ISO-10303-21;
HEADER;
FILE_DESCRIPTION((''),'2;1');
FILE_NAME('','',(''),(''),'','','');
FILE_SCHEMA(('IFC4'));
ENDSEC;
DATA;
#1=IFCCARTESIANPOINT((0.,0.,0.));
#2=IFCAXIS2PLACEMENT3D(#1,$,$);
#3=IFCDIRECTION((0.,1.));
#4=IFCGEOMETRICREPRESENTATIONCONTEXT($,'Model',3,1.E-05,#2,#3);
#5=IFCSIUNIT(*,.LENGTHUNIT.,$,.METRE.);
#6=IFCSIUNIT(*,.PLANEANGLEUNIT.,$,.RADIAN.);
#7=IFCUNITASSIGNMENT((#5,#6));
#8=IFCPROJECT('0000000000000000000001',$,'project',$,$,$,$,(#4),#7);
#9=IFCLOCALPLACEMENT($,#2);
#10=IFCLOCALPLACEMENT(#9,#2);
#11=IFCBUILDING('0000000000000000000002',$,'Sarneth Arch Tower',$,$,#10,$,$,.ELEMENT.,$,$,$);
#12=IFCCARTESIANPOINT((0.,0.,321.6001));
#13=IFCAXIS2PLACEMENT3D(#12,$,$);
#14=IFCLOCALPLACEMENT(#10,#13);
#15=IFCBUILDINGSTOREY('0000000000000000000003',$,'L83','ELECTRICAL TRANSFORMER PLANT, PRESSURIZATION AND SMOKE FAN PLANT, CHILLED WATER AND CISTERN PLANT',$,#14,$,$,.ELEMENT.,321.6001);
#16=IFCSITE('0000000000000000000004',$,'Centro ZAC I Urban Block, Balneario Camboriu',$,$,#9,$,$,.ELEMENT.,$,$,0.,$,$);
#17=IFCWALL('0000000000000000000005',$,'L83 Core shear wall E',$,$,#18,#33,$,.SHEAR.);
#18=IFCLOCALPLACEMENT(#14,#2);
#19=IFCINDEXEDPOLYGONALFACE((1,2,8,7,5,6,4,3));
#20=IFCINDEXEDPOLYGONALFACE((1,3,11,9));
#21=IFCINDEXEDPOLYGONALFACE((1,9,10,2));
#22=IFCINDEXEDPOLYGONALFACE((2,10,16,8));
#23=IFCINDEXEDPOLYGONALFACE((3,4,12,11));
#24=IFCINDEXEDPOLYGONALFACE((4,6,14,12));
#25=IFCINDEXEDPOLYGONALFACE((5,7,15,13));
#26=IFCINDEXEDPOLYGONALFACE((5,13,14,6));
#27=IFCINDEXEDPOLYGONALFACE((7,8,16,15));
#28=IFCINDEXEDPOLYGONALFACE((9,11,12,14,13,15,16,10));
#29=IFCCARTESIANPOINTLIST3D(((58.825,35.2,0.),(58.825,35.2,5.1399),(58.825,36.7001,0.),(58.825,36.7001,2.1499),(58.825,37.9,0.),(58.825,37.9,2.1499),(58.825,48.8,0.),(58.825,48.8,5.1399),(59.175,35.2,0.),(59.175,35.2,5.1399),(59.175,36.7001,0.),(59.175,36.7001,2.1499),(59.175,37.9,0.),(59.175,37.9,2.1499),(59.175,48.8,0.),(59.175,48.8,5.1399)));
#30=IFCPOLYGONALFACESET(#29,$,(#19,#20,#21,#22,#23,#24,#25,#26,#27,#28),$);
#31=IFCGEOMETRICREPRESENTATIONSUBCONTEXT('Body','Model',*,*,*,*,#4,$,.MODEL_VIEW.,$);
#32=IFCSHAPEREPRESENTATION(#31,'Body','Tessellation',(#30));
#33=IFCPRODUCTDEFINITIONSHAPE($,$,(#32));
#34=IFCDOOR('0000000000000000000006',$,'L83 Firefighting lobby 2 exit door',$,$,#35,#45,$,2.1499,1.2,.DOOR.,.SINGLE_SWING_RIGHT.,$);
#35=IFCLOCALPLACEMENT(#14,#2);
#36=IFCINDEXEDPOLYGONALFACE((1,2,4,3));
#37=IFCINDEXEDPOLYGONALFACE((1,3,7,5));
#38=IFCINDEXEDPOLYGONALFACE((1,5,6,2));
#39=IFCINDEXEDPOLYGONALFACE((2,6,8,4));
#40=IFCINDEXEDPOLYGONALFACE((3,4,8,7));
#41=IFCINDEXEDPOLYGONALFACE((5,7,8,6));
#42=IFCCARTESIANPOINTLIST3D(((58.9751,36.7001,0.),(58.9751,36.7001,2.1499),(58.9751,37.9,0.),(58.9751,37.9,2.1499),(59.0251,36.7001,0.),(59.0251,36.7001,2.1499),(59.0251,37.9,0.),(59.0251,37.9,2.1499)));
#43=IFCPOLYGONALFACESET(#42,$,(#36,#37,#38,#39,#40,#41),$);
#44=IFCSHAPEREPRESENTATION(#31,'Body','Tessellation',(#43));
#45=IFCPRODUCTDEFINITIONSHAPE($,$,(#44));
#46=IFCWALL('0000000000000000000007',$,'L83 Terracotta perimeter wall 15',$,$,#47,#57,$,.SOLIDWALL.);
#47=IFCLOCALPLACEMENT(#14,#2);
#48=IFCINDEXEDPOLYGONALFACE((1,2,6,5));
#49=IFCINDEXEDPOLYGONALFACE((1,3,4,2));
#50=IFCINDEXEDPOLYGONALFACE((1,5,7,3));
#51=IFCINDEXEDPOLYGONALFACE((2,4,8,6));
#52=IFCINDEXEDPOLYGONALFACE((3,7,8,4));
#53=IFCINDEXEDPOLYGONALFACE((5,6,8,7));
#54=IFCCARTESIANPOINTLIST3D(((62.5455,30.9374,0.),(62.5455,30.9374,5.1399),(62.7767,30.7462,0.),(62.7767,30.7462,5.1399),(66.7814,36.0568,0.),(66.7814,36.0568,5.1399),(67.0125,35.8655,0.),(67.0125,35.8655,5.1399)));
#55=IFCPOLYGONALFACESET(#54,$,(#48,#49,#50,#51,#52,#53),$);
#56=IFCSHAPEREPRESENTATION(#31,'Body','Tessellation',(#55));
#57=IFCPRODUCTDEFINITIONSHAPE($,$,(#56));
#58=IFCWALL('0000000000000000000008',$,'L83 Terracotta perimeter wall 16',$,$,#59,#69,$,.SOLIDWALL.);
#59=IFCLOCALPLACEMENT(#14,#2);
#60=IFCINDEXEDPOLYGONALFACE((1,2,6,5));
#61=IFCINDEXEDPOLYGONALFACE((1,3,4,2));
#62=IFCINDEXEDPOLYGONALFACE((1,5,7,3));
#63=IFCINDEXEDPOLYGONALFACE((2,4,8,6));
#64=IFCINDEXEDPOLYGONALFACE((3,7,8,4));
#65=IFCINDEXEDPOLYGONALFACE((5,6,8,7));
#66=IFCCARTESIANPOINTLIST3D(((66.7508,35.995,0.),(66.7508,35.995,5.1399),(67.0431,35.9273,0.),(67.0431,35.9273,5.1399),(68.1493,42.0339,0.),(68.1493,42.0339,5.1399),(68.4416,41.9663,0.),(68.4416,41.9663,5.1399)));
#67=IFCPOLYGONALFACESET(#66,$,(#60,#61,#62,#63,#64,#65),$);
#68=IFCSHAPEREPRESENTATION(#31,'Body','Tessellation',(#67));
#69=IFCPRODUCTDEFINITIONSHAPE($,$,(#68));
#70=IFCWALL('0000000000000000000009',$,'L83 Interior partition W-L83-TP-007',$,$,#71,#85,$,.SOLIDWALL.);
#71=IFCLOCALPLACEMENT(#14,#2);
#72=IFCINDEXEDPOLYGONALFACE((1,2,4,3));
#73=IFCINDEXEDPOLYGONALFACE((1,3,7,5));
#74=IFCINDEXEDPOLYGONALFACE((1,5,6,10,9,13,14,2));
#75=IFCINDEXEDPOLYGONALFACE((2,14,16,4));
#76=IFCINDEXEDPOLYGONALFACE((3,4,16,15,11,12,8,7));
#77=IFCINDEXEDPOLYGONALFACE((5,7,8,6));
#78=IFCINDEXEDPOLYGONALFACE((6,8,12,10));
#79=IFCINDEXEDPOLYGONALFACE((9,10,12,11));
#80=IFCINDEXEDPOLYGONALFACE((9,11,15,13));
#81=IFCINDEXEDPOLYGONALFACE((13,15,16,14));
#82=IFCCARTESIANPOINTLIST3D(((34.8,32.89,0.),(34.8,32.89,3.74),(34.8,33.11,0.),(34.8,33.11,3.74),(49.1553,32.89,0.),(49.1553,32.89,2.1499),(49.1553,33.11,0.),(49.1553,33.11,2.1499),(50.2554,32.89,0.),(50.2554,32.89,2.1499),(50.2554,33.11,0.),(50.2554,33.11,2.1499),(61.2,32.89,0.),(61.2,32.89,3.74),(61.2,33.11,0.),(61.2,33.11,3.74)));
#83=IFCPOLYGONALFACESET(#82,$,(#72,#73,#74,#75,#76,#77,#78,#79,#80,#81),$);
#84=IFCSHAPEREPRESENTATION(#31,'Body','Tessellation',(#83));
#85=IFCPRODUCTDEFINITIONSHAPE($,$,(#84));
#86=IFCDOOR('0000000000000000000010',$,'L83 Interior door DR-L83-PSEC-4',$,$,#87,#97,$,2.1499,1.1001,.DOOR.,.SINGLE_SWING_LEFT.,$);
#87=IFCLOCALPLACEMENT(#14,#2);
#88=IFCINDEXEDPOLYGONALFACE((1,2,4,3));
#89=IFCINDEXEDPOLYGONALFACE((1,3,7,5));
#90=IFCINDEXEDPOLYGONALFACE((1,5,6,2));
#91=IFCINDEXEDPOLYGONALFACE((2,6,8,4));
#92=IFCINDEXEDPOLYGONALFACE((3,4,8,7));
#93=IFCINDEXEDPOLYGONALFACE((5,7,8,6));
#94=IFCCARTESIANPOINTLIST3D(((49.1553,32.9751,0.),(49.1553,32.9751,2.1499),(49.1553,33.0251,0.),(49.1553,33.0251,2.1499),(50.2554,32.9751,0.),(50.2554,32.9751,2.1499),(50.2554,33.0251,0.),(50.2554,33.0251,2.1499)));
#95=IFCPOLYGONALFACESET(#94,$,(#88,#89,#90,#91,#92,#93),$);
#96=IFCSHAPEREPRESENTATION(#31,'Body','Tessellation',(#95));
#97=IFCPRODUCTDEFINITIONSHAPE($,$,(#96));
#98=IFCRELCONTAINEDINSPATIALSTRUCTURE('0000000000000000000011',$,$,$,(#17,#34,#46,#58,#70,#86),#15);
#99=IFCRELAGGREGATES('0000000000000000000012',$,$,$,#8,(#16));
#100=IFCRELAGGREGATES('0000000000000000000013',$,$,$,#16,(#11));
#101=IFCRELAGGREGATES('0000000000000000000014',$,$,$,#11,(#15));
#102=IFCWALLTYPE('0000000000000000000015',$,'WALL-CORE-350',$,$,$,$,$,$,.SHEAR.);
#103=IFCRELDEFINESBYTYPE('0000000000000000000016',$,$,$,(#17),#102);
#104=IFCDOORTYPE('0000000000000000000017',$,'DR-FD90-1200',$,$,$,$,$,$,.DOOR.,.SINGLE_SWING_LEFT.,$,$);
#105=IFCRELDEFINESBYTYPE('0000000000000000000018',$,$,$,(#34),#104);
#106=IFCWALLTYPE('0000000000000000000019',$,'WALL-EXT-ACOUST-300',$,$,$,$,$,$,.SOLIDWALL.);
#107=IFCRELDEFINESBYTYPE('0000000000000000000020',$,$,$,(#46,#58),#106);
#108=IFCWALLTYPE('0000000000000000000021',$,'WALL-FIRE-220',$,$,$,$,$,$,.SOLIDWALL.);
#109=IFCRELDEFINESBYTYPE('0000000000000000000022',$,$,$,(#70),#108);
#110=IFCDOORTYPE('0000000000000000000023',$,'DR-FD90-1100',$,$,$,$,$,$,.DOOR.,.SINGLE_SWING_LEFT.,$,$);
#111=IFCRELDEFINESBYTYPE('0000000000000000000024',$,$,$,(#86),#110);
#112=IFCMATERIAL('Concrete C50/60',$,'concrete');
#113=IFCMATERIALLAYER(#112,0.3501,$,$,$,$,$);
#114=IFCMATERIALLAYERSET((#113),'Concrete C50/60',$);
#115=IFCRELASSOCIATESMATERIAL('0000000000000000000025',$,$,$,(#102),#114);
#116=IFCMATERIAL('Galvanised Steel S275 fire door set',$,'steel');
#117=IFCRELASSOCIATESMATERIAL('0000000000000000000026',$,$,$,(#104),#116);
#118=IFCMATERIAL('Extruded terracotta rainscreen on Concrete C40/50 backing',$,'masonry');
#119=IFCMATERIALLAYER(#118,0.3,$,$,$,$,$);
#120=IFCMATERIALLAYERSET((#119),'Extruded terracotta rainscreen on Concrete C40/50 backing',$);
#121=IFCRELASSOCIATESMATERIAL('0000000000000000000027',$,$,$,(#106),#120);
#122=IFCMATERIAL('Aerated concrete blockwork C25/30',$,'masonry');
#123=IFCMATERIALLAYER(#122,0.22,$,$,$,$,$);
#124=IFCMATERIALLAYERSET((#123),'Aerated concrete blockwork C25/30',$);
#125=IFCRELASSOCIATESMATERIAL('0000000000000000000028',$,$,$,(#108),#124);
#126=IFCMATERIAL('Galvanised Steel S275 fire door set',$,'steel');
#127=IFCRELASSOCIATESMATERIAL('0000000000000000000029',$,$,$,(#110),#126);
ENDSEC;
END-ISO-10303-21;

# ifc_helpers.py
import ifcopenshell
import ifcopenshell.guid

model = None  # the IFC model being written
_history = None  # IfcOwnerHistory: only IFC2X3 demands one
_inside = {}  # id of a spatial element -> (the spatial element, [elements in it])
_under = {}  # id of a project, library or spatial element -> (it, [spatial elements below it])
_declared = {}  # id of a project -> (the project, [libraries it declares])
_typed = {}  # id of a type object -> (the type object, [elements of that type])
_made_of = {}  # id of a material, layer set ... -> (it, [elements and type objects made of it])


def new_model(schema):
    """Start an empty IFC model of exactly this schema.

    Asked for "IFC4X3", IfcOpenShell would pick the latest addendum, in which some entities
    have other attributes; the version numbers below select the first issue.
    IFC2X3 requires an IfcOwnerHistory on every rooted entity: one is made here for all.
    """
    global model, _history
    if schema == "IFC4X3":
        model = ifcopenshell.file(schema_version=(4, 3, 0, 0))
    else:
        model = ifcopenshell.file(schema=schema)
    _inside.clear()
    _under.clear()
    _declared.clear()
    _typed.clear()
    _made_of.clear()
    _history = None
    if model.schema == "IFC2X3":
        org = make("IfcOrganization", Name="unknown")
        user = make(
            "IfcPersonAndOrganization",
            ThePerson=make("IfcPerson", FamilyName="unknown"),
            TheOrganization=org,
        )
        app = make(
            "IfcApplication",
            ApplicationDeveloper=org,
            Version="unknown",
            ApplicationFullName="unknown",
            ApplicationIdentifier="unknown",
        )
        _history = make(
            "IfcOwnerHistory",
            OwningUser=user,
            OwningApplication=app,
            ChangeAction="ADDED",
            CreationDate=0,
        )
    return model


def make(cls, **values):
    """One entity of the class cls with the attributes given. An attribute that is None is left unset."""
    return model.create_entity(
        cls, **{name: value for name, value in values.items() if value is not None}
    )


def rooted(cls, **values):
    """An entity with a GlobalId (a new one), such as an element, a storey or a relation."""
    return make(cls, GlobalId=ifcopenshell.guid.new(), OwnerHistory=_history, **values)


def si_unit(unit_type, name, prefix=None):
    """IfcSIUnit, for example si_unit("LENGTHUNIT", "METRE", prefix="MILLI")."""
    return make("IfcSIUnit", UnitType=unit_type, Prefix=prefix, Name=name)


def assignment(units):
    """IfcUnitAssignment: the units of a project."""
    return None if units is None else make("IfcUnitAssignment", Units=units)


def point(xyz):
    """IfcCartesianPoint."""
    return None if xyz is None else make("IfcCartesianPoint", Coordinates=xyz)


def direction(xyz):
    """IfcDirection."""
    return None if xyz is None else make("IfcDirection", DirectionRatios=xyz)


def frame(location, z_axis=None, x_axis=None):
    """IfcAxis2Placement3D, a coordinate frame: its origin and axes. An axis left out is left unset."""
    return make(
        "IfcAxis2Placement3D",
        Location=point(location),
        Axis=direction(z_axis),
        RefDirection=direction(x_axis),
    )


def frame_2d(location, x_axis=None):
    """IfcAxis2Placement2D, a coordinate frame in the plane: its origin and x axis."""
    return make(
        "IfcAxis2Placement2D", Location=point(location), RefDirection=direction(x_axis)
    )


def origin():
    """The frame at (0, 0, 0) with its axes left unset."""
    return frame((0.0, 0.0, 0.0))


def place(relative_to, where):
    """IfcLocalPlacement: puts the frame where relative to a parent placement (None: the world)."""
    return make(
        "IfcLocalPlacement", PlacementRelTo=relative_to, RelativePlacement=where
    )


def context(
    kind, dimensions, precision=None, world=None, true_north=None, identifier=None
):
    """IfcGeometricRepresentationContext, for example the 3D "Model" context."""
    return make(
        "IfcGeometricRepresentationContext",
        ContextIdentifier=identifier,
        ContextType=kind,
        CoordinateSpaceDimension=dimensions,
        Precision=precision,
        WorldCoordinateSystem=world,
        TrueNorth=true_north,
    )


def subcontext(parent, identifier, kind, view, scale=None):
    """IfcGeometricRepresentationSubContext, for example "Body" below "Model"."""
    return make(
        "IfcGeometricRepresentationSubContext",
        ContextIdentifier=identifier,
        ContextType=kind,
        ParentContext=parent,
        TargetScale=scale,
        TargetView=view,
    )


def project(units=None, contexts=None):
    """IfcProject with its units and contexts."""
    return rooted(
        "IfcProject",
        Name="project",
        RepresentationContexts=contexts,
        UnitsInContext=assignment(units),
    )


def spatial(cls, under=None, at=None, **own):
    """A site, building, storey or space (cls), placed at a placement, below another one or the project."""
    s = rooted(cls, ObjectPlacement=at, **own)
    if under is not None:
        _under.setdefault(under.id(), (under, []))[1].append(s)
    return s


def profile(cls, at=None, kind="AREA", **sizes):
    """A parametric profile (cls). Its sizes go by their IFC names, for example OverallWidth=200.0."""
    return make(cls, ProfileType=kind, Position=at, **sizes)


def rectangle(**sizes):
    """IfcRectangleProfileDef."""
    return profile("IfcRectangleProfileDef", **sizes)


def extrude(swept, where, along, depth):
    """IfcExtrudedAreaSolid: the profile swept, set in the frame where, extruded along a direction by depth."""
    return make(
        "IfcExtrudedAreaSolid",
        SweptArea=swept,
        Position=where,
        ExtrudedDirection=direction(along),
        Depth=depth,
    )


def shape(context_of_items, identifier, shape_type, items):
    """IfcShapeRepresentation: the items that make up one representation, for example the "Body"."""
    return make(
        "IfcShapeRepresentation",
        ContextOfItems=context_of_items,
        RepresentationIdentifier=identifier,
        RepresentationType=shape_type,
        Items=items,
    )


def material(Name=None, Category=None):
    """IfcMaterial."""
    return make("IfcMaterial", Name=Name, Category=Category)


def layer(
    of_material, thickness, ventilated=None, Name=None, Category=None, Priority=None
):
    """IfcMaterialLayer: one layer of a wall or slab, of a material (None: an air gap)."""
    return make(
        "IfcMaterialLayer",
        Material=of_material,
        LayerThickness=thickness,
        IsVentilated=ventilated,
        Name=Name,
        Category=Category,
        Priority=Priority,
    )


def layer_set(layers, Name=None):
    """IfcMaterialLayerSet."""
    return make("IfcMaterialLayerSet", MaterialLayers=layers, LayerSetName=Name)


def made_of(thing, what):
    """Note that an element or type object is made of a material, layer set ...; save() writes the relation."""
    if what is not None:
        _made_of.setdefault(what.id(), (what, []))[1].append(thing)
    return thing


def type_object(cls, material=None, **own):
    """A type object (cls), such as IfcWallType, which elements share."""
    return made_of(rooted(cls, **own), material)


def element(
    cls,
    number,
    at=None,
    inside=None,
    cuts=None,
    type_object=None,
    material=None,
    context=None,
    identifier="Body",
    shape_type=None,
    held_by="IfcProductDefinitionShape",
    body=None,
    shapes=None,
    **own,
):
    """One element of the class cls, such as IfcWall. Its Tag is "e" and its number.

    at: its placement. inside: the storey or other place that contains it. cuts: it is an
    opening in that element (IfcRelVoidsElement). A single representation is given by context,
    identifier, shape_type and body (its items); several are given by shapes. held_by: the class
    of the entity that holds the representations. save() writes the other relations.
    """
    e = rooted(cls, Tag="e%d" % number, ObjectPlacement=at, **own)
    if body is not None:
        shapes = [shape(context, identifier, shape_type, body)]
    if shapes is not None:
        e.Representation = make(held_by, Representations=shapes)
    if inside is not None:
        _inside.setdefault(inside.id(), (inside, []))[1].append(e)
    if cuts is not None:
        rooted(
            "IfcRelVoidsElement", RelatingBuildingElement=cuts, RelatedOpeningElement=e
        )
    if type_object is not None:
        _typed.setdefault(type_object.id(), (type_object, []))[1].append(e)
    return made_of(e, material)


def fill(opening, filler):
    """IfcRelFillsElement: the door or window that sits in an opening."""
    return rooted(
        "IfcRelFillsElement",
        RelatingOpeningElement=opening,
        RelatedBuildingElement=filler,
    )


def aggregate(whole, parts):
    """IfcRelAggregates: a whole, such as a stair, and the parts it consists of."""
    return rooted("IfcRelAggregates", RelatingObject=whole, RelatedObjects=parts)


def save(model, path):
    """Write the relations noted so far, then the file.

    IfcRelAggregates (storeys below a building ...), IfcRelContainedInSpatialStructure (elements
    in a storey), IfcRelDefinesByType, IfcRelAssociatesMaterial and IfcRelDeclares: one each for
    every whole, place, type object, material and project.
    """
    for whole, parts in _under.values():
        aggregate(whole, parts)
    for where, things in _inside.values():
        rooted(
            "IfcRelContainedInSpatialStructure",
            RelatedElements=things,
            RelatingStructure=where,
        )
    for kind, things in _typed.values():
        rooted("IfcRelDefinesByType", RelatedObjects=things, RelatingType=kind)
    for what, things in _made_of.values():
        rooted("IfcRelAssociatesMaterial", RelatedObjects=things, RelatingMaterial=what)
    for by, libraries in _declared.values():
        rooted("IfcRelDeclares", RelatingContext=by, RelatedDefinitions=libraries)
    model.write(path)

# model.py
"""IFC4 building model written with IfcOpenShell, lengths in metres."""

from ifc_helpers import new_model, si_unit, direction, frame, frame_2d, origin, place, context, subcontext, project, spatial, rectangle, extrude, material, layer, layer_set, type_object, element, fill, save


model = new_model("IFC4")

# Units and contexts
model_context = context("Model", 3, precision=1e-05, world=origin(), true_north=direction((0.0, 1.0)))
body_context = subcontext(model_context, "Body", "Model", "MODEL_VIEW")
ifc_project = project(units=[si_unit("LENGTHUNIT", "METRE"), si_unit("PLANEANGLEUNIT", "RADIAN")], contexts=[model_context])

# Site, building, storey
site_placement = place(None, origin())
site = spatial("IfcSite", under=ifc_project, at=site_placement, Name="Centro ZAC I Urban Block, Balneario Camboriu", CompositionType="ELEMENT", RefElevation=0.0)
building_placement = place(site_placement, origin())
building = spatial("IfcBuilding", under=site, at=building_placement, Name="Sarneth Arch Tower", CompositionType="ELEMENT")
storey_placement = place(building_placement, frame((0.0, 0.0, 321.6001)))
storey = spatial("IfcBuildingStorey", under=building, at=storey_placement, Name="L83", Description="ELECTRICAL TRANSFORMER PLANT, PRESSURIZATION AND SMOKE FAN PLANT, CHILLED WATER AND CISTERN PLANT", CompositionType="ELEMENT", Elevation=321.6001)

# Wall, opening, door
ifc_material_1 = material(Name="Concrete C50/60", Category="concrete")
ifc_layer_1 = layer(ifc_material_1, 0.3501)
ifc_layer_set_1 = layer_set([ifc_layer_1], Name="Concrete C50/60")
wall_type_1 = type_object("IfcWallType", Name="WALL-CORE-350", PredefinedType="SHEAR", material=ifc_layer_set_1)
wall_1_placement = place(storey_placement, frame((59.0, 35.2, 0.0), z_axis=(0.0, 0.0, 1.0), x_axis=(0.0, 1.0, 0.0)))
wall_1 = element("IfcWall", 1, at=wall_1_placement, inside=storey, type_object=wall_type_1, Name="L83 Core shear wall E", PredefinedType="SHEAR", context=body_context, shape_type="SweptSolid", body=[
    extrude(rectangle(XDim=13.6001, YDim=0.3501, at=frame_2d((6.8, 0.0))), origin(), (0.0, 0.0, 1.0), 5.1399),
])
opening_1_placement = place(wall_1_placement, frame((1.5, 0.0, 0.0)))
opening_1 = element("IfcOpeningElement", 2, at=opening_1_placement, cuts=wall_1, PredefinedType="OPENING", context=body_context, shape_type="SweptSolid", body=[
    extrude(rectangle(XDim=1.2, YDim=2.1499, at=frame_2d((0.6001, 1.075))), frame((0.0, 0.1851, 0.0), z_axis=(0.0, -1.0, 0.0), x_axis=(1.0, 0.0, 0.0)), (0.0, 0.0, 1.0), 0.3701),
])
ifc_material_2 = material(Name="Galvanised Steel S275 fire door set", Category="steel")
door_type_1 = type_object("IfcDoorType", Name="DR-FD90-1200", OperationType="SINGLE_SWING_LEFT", PredefinedType="DOOR", material=ifc_material_2)
door_1_placement = place(opening_1_placement, origin())
door_1 = element("IfcDoor", 3, at=door_1_placement, inside=storey, type_object=door_type_1, Name="L83 Firefighting lobby 2 exit door", OperationType="SINGLE_SWING_RIGHT", OverallHeight=2.1499, OverallWidth=1.2, PredefinedType="DOOR", context=body_context, shape_type="SweptSolid", body=[
    extrude(rectangle(XDim=1.2, YDim=2.1499, at=frame_2d((0.6001, 1.075))), frame((0.0, 0.0249, 0.0), z_axis=(0.0, -1.0, 0.0), x_axis=(1.0, 0.0, 0.0)), (0.0, 0.0, 1.0), 0.05),
])
fill(opening_1, door_1)

# Walls
ifc_material_3 = material(Name="Extruded terracotta rainscreen on Concrete C40/50 backing", Category="masonry")
ifc_layer_2 = layer(ifc_material_3, 0.3)
ifc_layer_set_2 = layer_set([ifc_layer_2], Name="Extruded terracotta rainscreen on Concrete C40/50 backing")
wall_type_2 = type_object("IfcWallType", Name="WALL-EXT-ACOUST-300", PredefinedType="SOLIDWALL", material=ifc_layer_set_2)
wall_2_placement = place(storey_placement, frame((62.6611, 30.8418, 0.0), z_axis=(0.0, 0.0, 1.0), x_axis=(0.637488, 0.77046, 0.0)))
element("IfcWall", 4, at=wall_2_placement, inside=storey, type_object=wall_type_2, Name="L83 Terracotta perimeter wall 15", PredefinedType="SOLIDWALL", context=body_context, shape_type="SweptSolid", body=[
    extrude(rectangle(XDim=6.6445, YDim=0.3, at=frame_2d((3.3223, 0.0))), origin(), (0.0, 0.0, 1.0), 5.1399),
])
wall_3_placement = place(storey_placement, frame((66.897, 35.9612, 0.0), z_axis=(0.0, 0.0, 1.0), x_axis=(0.225604, 0.974219, 0.0)))
element("IfcWall", 5, at=wall_3_placement, inside=storey, type_object=wall_type_2, Name="L83 Terracotta perimeter wall 16", PredefinedType="SOLIDWALL", context=body_context, shape_type="SweptSolid", body=[
    extrude(rectangle(XDim=6.1987, YDim=0.3, at=frame_2d((3.0994, 0.0))), origin(), (0.0, 0.0, 1.0), 5.1399),
])

# Wall, opening, door
ifc_material_4 = material(Name="Aerated concrete blockwork C25/30", Category="masonry")
ifc_layer_3 = layer(ifc_material_4, 0.22)
ifc_layer_set_3 = layer_set([ifc_layer_3], Name="Aerated concrete blockwork C25/30")
wall_type_3 = type_object("IfcWallType", Name="WALL-FIRE-220", PredefinedType="SOLIDWALL", material=ifc_layer_set_3)
wall_4_placement = place(storey_placement, frame((61.2, 33.0, 0.0), z_axis=(0.0, 0.0, 1.0), x_axis=(-1.0, 0.0, 0.0)))
wall_4 = element("IfcWall", 6, at=wall_4_placement, inside=storey, type_object=wall_type_3, Name="L83 Interior partition W-L83-TP-007", PredefinedType="SOLIDWALL", context=body_context, shape_type="SweptSolid", body=[
    extrude(rectangle(XDim=26.3999, YDim=0.22, at=frame_2d((13.2, 0.0))), origin(), (0.0, 0.0, 1.0), 3.74),
])
opening_2_placement = place(wall_4_placement, frame((10.9446, 0.0, 0.0)))
opening_2 = element("IfcOpeningElement", 7, at=opening_2_placement, cuts=wall_4, PredefinedType="OPENING", context=body_context, shape_type="SweptSolid", body=[
    extrude(rectangle(XDim=1.1001, YDim=2.1499, at=frame_2d((0.55, 1.075))), frame((0.0, 0.1199, 0.0), z_axis=(0.0, -1.0, 0.0), x_axis=(1.0, 0.0, 0.0)), (0.0, 0.0, 1.0), 0.24),
])
ifc_material_5 = material(Name="Galvanised Steel S275 fire door set", Category="steel")
door_type_2 = type_object("IfcDoorType", Name="DR-FD90-1100", OperationType="SINGLE_SWING_LEFT", PredefinedType="DOOR", material=ifc_material_5)
door_2_placement = place(opening_2_placement, origin())
door_2 = element("IfcDoor", 8, at=door_2_placement, inside=storey, type_object=door_type_2, Name="L83 Interior door DR-L83-PSEC-4", OperationType="SINGLE_SWING_LEFT", OverallHeight=2.1499, OverallWidth=1.1001, PredefinedType="DOOR", context=body_context, shape_type="SweptSolid", body=[
    extrude(rectangle(XDim=1.1001, YDim=2.1499, at=frame_2d((0.55, 1.075))), frame((0.0, 0.0249, 0.0), z_axis=(0.0, -1.0, 0.0), x_axis=(1.0, 0.0, 0.0)), (0.0, 0.0, 1.0), 0.05),
])
fill(opening_2, door_2)

save(model, "model.ifc")
